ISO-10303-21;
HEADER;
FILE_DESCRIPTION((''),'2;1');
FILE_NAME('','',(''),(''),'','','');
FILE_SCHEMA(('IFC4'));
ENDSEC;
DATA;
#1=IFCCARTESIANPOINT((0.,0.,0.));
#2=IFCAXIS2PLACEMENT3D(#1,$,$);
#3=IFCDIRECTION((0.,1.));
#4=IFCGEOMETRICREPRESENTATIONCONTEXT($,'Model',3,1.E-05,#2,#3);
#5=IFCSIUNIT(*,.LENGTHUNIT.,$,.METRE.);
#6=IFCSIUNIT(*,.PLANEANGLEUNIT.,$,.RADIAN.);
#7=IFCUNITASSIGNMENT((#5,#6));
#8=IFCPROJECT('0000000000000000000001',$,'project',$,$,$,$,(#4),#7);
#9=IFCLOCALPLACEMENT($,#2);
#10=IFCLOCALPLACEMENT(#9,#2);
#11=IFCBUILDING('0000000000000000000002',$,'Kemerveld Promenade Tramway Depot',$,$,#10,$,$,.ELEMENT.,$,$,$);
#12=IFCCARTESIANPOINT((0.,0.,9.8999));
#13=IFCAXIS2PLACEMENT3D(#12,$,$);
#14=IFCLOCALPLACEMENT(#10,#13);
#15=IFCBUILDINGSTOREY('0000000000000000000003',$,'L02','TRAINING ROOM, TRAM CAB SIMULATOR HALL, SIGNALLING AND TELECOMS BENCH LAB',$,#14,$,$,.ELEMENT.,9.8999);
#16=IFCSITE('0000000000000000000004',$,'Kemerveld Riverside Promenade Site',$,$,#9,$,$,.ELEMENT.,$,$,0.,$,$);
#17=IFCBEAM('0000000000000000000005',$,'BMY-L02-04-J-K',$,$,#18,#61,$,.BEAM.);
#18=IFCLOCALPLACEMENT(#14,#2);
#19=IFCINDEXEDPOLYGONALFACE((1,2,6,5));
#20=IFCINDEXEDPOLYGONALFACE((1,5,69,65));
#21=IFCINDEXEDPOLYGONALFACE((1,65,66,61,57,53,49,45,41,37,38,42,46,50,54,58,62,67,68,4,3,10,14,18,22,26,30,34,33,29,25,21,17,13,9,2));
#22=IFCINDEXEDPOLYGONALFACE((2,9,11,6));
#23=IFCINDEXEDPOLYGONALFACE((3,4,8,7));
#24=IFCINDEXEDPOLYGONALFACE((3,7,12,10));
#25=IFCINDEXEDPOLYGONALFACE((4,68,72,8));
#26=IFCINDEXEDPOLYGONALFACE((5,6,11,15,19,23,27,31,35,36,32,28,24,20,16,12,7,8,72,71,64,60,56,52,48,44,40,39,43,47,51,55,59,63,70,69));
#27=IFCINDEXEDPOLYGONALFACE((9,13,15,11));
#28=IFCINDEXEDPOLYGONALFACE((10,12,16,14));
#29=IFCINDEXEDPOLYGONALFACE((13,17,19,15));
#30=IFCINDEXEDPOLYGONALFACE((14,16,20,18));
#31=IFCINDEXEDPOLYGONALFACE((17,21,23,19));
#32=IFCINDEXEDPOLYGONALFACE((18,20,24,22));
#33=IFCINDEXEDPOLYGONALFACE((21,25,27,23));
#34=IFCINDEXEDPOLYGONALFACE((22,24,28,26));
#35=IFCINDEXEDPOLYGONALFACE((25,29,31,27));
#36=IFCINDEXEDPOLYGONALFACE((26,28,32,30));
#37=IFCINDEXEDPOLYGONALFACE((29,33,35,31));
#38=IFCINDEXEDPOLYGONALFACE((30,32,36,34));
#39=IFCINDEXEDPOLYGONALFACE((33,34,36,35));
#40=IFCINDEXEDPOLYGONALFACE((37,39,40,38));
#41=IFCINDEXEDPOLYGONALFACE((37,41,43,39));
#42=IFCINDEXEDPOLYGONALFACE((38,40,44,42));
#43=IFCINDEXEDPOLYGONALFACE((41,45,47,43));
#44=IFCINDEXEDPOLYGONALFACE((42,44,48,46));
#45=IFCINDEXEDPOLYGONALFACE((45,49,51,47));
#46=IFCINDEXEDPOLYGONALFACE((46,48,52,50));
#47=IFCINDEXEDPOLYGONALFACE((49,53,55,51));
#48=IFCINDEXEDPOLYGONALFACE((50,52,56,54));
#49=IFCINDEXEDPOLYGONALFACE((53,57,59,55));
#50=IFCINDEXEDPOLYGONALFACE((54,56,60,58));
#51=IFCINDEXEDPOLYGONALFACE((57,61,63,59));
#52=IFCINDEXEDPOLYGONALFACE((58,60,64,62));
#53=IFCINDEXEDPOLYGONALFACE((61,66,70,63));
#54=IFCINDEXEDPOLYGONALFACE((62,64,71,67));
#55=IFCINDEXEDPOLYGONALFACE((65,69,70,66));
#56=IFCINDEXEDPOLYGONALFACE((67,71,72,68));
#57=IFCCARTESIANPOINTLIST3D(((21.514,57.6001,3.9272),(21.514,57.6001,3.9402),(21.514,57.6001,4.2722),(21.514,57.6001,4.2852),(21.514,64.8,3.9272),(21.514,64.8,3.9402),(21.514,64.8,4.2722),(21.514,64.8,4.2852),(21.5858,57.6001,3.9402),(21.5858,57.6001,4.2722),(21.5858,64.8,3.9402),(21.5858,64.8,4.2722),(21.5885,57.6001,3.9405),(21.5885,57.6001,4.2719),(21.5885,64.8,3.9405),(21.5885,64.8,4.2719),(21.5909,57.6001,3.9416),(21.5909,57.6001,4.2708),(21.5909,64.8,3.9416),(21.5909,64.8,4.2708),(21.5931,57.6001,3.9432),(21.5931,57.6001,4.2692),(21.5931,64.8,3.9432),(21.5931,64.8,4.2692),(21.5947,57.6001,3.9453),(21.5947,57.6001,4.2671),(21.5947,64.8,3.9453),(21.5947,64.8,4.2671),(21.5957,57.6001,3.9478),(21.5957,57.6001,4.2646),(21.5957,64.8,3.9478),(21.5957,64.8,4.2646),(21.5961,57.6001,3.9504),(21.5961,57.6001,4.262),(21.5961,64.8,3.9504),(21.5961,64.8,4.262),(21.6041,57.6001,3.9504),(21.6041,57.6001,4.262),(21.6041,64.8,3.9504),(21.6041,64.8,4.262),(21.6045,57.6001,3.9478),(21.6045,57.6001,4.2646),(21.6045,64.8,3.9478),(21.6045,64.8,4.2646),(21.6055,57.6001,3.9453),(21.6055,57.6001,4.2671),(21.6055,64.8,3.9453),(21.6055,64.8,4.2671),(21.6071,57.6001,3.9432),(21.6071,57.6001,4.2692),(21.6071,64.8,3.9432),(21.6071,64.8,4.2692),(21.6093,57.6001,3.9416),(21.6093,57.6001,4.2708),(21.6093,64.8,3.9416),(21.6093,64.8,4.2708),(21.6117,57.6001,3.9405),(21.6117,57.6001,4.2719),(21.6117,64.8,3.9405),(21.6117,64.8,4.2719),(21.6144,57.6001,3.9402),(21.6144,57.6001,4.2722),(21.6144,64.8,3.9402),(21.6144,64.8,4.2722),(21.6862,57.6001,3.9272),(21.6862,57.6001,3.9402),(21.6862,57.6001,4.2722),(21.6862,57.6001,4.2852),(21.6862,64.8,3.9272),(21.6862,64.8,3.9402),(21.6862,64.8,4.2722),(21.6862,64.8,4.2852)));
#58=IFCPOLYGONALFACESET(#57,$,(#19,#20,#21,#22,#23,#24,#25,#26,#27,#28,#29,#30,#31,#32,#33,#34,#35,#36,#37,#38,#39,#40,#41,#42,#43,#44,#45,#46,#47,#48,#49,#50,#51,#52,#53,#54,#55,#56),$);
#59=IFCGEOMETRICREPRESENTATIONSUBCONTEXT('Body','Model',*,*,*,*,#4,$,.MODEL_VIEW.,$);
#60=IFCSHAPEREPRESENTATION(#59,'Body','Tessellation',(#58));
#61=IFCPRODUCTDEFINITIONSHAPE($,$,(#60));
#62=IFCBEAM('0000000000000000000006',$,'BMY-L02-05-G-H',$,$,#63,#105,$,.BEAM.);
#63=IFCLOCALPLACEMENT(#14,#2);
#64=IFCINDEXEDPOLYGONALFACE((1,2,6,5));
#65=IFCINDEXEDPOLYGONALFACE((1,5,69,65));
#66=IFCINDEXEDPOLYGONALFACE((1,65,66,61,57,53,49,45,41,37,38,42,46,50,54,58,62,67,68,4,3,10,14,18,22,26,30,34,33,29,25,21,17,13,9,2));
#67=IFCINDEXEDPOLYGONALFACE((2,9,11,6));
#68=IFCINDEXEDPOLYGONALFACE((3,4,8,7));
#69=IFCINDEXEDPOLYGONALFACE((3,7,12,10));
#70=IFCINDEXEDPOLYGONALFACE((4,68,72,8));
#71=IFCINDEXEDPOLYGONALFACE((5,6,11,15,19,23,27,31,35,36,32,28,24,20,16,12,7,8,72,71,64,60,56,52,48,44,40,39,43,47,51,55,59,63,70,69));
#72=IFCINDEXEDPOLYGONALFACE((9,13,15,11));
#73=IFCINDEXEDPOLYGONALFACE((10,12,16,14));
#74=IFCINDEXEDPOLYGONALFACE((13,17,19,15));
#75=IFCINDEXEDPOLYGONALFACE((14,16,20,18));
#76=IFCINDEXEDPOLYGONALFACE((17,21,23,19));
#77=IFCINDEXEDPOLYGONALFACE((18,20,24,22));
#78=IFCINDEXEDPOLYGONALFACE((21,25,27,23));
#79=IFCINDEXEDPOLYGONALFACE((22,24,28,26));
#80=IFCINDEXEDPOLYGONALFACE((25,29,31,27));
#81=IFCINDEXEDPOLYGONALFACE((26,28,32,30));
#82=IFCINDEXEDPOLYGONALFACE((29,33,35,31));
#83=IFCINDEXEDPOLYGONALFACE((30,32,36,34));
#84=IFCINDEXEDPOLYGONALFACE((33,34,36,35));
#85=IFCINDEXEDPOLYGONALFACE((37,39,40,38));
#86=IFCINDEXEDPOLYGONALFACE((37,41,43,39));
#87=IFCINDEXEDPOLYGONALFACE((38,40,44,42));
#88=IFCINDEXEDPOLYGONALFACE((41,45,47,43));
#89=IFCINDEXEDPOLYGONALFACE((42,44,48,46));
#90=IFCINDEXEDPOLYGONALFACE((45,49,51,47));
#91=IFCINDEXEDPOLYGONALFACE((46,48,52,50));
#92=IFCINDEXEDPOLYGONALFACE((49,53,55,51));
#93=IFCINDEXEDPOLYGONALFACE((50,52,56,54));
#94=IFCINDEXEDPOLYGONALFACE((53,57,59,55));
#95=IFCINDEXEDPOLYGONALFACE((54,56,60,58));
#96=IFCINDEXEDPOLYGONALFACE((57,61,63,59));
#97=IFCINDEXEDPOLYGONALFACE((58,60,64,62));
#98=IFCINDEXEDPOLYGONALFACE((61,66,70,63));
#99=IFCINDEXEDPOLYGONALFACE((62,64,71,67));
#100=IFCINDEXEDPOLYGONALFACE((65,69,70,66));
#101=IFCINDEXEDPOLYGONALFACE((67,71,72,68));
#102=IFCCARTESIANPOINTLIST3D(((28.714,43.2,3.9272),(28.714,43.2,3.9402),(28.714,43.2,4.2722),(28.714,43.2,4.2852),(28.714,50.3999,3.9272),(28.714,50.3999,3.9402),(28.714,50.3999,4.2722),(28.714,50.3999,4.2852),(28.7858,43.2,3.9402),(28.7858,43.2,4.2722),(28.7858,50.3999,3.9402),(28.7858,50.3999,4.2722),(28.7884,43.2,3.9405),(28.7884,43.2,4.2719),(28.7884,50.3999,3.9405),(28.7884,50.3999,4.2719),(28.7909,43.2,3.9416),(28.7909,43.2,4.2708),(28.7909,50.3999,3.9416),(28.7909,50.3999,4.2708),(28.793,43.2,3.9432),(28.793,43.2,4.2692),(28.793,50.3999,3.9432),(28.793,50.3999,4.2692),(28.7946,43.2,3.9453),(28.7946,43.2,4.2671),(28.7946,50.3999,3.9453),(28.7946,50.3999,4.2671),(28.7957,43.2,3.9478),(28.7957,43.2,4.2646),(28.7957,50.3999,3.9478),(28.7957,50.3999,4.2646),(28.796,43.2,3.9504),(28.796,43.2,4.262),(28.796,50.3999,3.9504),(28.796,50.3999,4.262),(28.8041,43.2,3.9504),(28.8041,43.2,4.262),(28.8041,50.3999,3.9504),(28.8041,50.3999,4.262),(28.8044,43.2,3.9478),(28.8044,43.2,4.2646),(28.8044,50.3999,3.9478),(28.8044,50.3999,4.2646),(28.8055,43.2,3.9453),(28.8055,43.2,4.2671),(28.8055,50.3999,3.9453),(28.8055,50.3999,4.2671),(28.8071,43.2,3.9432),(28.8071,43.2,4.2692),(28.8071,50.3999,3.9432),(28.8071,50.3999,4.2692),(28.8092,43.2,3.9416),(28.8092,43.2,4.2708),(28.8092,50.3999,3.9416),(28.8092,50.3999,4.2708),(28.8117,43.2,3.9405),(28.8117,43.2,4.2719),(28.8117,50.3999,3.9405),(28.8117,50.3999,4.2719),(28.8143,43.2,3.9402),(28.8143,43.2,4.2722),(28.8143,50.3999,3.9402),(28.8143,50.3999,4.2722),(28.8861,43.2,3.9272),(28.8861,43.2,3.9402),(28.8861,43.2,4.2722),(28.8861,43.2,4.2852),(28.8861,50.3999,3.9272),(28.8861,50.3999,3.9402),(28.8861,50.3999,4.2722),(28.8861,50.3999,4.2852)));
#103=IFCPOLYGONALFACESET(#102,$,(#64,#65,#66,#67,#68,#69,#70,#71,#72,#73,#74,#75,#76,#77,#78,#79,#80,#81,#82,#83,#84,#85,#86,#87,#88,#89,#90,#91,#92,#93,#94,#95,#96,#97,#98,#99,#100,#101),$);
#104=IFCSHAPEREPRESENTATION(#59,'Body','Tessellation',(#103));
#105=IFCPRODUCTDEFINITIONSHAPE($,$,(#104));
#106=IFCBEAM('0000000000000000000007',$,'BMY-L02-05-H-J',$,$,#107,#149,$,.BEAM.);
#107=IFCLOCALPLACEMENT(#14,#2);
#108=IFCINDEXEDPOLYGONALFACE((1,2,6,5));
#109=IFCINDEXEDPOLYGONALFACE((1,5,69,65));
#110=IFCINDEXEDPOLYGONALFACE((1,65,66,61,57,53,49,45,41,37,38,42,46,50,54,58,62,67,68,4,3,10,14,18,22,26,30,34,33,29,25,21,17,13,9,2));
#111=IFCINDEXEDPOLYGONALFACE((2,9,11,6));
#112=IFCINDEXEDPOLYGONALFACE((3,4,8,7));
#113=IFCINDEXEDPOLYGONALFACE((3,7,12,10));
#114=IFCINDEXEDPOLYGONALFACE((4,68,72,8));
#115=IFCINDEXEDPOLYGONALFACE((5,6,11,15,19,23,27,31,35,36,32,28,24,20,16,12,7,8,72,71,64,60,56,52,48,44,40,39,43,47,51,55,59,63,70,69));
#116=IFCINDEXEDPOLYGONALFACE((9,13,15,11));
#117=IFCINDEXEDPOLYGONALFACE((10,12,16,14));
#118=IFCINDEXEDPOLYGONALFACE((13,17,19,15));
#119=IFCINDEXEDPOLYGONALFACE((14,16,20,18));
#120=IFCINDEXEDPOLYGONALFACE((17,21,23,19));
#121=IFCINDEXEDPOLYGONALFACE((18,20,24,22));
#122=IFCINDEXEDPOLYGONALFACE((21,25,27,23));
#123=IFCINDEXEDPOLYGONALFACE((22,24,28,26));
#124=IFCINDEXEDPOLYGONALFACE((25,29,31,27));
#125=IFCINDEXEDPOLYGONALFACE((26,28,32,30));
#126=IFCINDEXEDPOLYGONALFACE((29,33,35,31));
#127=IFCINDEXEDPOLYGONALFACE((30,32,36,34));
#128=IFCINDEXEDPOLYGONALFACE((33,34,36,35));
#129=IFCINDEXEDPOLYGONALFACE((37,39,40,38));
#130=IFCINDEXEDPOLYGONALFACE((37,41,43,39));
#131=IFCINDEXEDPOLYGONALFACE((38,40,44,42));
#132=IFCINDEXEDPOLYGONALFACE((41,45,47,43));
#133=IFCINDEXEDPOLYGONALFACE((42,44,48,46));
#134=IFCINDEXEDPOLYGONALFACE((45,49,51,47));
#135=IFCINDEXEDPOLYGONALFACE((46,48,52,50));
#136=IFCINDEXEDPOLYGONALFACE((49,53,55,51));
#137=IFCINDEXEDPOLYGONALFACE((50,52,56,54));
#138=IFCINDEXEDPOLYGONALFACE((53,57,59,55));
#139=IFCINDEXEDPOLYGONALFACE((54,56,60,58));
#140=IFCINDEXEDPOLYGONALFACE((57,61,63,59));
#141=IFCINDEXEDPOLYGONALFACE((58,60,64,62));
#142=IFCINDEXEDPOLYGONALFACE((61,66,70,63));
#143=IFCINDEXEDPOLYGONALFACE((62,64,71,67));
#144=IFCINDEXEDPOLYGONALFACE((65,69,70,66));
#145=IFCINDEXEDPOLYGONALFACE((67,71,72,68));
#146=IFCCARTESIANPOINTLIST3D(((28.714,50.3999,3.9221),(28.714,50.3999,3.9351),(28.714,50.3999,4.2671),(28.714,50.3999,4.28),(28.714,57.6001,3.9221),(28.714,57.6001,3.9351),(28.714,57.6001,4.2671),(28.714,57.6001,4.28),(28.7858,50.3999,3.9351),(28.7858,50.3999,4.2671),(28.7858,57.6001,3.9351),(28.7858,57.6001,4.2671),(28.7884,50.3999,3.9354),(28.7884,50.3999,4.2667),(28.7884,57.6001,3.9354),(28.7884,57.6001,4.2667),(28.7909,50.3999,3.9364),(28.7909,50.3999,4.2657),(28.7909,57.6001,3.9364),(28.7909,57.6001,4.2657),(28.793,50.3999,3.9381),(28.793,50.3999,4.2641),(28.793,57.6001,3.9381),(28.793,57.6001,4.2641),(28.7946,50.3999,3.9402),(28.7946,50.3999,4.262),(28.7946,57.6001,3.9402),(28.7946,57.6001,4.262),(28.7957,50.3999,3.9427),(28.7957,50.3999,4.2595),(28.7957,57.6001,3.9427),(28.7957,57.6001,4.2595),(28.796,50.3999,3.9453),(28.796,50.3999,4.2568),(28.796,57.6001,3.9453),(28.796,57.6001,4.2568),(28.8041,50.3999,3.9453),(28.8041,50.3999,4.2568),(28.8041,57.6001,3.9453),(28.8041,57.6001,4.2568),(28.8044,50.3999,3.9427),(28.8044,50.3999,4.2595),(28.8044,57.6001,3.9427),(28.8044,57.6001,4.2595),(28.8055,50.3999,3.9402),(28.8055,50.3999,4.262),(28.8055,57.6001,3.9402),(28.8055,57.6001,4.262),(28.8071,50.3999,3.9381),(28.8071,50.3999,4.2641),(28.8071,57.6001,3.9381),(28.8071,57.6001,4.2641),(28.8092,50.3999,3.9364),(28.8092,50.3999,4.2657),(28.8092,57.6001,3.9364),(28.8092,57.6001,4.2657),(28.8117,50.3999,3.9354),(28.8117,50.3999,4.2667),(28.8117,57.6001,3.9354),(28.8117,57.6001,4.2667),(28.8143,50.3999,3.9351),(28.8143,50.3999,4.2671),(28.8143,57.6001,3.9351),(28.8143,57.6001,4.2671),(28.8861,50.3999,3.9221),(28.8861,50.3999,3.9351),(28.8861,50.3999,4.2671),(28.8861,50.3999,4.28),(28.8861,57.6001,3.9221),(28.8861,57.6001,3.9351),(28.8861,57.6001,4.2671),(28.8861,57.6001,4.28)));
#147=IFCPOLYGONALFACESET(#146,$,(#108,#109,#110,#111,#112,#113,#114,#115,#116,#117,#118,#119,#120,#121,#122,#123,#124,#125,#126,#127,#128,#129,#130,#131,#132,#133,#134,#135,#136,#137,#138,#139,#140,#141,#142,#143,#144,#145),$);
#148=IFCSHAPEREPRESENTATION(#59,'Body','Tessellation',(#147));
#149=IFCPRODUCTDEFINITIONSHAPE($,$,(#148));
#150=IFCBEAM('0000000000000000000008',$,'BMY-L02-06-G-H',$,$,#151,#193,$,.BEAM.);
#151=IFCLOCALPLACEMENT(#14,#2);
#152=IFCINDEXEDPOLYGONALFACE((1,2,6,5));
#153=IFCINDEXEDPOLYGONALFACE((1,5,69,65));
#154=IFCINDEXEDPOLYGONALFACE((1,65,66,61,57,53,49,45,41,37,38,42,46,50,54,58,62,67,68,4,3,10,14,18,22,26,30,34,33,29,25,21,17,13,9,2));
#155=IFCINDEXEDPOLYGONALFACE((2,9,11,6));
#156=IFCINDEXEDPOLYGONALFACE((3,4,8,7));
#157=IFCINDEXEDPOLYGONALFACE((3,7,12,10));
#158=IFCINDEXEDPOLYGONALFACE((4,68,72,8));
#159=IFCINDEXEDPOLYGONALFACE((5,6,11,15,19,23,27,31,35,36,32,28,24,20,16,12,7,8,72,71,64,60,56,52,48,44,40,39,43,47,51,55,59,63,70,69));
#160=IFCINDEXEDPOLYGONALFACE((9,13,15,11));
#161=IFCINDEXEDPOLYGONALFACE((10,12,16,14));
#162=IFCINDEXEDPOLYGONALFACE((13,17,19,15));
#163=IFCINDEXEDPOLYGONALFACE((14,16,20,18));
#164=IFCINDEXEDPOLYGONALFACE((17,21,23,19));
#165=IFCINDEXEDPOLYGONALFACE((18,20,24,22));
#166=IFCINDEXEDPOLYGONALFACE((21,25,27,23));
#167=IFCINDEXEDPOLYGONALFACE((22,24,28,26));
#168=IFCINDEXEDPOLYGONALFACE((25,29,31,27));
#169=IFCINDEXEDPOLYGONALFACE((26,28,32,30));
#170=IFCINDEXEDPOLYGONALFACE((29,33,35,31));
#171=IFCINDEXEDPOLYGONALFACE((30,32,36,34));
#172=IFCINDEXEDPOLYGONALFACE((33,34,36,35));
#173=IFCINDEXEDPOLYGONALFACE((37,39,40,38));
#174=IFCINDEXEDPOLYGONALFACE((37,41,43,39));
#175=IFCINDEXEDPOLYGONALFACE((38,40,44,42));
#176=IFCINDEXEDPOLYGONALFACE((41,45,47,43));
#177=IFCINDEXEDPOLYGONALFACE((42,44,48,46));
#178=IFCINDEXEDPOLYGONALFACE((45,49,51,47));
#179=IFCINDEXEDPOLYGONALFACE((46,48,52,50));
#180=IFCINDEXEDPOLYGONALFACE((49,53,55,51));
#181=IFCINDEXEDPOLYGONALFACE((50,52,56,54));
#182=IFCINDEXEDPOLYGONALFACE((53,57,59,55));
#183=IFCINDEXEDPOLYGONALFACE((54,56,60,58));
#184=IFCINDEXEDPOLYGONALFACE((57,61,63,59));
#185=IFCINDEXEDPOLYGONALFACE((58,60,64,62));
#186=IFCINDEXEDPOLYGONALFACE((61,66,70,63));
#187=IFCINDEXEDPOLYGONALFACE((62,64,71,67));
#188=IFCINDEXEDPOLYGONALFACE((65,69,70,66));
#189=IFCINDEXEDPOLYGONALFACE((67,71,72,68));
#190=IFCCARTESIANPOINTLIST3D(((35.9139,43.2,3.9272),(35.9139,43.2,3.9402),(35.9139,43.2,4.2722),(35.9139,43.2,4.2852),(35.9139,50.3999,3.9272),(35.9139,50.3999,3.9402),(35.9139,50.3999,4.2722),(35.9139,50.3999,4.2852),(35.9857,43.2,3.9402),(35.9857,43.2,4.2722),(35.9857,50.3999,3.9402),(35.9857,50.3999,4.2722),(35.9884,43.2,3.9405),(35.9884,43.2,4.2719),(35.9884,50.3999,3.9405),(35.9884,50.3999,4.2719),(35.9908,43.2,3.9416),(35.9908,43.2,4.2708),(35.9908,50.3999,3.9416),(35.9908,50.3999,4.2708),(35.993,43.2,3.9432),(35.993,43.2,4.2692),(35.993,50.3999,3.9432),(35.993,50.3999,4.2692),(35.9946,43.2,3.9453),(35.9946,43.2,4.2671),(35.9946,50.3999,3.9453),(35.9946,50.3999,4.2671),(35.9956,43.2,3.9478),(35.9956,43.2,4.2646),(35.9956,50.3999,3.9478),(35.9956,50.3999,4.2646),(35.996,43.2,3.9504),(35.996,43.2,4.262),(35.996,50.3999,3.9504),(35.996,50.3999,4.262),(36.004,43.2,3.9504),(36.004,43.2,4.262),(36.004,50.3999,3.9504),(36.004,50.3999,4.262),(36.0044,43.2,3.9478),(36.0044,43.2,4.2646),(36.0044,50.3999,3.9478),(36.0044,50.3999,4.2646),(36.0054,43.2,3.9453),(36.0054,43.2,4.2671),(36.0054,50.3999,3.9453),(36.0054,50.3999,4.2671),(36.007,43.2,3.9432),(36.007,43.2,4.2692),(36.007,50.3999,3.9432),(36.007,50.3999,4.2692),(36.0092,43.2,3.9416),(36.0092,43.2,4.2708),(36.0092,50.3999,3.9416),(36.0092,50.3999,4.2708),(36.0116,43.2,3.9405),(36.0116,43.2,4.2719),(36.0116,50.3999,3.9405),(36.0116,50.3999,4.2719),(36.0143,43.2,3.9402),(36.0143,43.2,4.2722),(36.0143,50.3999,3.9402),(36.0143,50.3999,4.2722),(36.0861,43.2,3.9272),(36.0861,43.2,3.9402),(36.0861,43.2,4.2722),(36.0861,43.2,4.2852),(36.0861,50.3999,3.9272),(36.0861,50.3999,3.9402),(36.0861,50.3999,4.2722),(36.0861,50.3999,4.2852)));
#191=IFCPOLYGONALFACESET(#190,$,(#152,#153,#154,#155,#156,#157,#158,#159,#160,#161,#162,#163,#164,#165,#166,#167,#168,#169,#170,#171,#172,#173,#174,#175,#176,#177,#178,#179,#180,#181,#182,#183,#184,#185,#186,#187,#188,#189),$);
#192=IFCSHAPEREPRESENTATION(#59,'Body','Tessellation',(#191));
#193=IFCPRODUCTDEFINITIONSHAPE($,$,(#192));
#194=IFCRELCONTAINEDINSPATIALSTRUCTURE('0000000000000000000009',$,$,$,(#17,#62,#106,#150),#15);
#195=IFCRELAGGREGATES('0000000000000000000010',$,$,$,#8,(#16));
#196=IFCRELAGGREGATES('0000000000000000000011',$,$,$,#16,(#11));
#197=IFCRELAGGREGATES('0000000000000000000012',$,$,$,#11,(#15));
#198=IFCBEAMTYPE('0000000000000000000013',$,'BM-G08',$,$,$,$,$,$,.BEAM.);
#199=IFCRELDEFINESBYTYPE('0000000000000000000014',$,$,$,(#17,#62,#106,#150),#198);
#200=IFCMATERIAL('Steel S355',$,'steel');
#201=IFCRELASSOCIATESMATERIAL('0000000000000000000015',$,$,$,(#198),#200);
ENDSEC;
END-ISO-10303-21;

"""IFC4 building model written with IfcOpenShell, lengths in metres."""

from ifc_helpers import new_model, si_unit, direction, frame, origin, origin_2d, place, context, subcontext, project, spatial, i_section, extrude, material, material_profile, profile_set, type_object, element, save


model = new_model("IFC4")

# Units and contexts
model_context = context("Model", 3, precision=1e-05, world=origin(), true_north=direction((0.0, 1.0)))
body_context = subcontext(model_context, "Body", "Model", "MODEL_VIEW")
ifc_project = project(units=[si_unit("LENGTHUNIT", "METRE"), si_unit("PLANEANGLEUNIT", "RADIAN")], contexts=[model_context])

# Site, building, storey
site_placement = place(None, origin())
site = spatial("IfcSite", under=ifc_project, at=site_placement, Name="Kemerveld Riverside Promenade Site", CompositionType="ELEMENT", RefElevation=0.0)
building_placement = place(site_placement, origin())
building = spatial("IfcBuilding", under=site, at=building_placement, Name="Kemerveld Promenade Tramway Depot", CompositionType="ELEMENT")
storey_placement = place(building_placement, frame((0.0, 0.0, 9.8999)))
storey = spatial("IfcBuildingStorey", under=building, at=storey_placement, Name="L02", Description="TRAINING ROOM, TRAM CAB SIMULATOR HALL, SIGNALLING AND TELECOMS BENCH LAB", CompositionType="ELEMENT", Elevation=9.8999)

# Shared definitions
ifc_material_1 = material(Name="Steel S355", Category="steel")

# Beams
ifc_material_profile_1 = material_profile(ifc_material_1, i_section(OverallWidth=0.1721, OverallDepth=0.3579, WebThickness=0.0081, FlangeThickness=0.0129, FilletRadius=0.0103, at=origin_2d()), Name="356x171x57 UB")
ifc_profile_set_1 = profile_set([ifc_material_profile_1], Name="Steel S355")
beam_type_1 = type_object("IfcBeamType", Name="BM-G08", PredefinedType="BEAM", material=ifc_profile_set_1)
for number, where, z_axis, x_axis, name in (
    (1, (21.6001, 57.6001, 4.1062), (0.0, 1.0, 0.0), (-1.0, 0.0, 0.0), "BMY-L02-04-J-K"),
    (2, (28.8, 43.2, 4.1062), (0.0, 1.0, 0.0), (-1.0, 0.0, 0.0), "BMY-L02-05-G-H"),
):
    element("IfcBeam", number, at=place(storey_placement, frame(where, z_axis=z_axis, x_axis=x_axis)), inside=storey, type_object=beam_type_1, Name=name, PredefinedType="BEAM", context=body_context, shape_type="SweptSolid", body=[
        extrude(i_section(OverallWidth=0.1721, OverallDepth=0.3579, WebThickness=0.0081, FlangeThickness=0.0129, FilletRadius=0.0103, at=origin_2d()), origin(), (0.0, 0.0, 1.0), 7.2),
    ])
beam_1_placement = place(storey_placement, frame((28.8, 50.3999, 4.1011), z_axis=(0.0, 1.0, 0.0), x_axis=(-1.0, 0.0, 0.0)))
element("IfcBeam", 3, at=beam_1_placement, inside=storey, type_object=beam_type_1, Name="BMY-L02-05-H-J", PredefinedType="BEAM", context=body_context, shape_type="SweptSolid", body=[
    extrude(i_section(OverallWidth=0.1721, OverallDepth=0.3579, WebThickness=0.0081, FlangeThickness=0.0129, FilletRadius=0.0103, at=origin_2d()), origin(), (0.0, 0.0, 1.0), 7.2002),
])
beam_2_placement = place(storey_placement, frame((36.0, 43.2, 4.1062), z_axis=(0.0, 1.0, 0.0), x_axis=(-1.0, 0.0, 0.0)))
element("IfcBeam", 4, at=beam_2_placement, inside=storey, type_object=beam_type_1, Name="BMY-L02-06-G-H", PredefinedType="BEAM", context=body_context, shape_type="SweptSolid", body=[
    extrude(i_section(OverallWidth=0.1721, OverallDepth=0.3579, WebThickness=0.0081, FlangeThickness=0.0129, FilletRadius=0.0103, at=origin_2d()), origin(), (0.0, 0.0, 1.0), 7.2),
])

save(model, "model.ifc")
